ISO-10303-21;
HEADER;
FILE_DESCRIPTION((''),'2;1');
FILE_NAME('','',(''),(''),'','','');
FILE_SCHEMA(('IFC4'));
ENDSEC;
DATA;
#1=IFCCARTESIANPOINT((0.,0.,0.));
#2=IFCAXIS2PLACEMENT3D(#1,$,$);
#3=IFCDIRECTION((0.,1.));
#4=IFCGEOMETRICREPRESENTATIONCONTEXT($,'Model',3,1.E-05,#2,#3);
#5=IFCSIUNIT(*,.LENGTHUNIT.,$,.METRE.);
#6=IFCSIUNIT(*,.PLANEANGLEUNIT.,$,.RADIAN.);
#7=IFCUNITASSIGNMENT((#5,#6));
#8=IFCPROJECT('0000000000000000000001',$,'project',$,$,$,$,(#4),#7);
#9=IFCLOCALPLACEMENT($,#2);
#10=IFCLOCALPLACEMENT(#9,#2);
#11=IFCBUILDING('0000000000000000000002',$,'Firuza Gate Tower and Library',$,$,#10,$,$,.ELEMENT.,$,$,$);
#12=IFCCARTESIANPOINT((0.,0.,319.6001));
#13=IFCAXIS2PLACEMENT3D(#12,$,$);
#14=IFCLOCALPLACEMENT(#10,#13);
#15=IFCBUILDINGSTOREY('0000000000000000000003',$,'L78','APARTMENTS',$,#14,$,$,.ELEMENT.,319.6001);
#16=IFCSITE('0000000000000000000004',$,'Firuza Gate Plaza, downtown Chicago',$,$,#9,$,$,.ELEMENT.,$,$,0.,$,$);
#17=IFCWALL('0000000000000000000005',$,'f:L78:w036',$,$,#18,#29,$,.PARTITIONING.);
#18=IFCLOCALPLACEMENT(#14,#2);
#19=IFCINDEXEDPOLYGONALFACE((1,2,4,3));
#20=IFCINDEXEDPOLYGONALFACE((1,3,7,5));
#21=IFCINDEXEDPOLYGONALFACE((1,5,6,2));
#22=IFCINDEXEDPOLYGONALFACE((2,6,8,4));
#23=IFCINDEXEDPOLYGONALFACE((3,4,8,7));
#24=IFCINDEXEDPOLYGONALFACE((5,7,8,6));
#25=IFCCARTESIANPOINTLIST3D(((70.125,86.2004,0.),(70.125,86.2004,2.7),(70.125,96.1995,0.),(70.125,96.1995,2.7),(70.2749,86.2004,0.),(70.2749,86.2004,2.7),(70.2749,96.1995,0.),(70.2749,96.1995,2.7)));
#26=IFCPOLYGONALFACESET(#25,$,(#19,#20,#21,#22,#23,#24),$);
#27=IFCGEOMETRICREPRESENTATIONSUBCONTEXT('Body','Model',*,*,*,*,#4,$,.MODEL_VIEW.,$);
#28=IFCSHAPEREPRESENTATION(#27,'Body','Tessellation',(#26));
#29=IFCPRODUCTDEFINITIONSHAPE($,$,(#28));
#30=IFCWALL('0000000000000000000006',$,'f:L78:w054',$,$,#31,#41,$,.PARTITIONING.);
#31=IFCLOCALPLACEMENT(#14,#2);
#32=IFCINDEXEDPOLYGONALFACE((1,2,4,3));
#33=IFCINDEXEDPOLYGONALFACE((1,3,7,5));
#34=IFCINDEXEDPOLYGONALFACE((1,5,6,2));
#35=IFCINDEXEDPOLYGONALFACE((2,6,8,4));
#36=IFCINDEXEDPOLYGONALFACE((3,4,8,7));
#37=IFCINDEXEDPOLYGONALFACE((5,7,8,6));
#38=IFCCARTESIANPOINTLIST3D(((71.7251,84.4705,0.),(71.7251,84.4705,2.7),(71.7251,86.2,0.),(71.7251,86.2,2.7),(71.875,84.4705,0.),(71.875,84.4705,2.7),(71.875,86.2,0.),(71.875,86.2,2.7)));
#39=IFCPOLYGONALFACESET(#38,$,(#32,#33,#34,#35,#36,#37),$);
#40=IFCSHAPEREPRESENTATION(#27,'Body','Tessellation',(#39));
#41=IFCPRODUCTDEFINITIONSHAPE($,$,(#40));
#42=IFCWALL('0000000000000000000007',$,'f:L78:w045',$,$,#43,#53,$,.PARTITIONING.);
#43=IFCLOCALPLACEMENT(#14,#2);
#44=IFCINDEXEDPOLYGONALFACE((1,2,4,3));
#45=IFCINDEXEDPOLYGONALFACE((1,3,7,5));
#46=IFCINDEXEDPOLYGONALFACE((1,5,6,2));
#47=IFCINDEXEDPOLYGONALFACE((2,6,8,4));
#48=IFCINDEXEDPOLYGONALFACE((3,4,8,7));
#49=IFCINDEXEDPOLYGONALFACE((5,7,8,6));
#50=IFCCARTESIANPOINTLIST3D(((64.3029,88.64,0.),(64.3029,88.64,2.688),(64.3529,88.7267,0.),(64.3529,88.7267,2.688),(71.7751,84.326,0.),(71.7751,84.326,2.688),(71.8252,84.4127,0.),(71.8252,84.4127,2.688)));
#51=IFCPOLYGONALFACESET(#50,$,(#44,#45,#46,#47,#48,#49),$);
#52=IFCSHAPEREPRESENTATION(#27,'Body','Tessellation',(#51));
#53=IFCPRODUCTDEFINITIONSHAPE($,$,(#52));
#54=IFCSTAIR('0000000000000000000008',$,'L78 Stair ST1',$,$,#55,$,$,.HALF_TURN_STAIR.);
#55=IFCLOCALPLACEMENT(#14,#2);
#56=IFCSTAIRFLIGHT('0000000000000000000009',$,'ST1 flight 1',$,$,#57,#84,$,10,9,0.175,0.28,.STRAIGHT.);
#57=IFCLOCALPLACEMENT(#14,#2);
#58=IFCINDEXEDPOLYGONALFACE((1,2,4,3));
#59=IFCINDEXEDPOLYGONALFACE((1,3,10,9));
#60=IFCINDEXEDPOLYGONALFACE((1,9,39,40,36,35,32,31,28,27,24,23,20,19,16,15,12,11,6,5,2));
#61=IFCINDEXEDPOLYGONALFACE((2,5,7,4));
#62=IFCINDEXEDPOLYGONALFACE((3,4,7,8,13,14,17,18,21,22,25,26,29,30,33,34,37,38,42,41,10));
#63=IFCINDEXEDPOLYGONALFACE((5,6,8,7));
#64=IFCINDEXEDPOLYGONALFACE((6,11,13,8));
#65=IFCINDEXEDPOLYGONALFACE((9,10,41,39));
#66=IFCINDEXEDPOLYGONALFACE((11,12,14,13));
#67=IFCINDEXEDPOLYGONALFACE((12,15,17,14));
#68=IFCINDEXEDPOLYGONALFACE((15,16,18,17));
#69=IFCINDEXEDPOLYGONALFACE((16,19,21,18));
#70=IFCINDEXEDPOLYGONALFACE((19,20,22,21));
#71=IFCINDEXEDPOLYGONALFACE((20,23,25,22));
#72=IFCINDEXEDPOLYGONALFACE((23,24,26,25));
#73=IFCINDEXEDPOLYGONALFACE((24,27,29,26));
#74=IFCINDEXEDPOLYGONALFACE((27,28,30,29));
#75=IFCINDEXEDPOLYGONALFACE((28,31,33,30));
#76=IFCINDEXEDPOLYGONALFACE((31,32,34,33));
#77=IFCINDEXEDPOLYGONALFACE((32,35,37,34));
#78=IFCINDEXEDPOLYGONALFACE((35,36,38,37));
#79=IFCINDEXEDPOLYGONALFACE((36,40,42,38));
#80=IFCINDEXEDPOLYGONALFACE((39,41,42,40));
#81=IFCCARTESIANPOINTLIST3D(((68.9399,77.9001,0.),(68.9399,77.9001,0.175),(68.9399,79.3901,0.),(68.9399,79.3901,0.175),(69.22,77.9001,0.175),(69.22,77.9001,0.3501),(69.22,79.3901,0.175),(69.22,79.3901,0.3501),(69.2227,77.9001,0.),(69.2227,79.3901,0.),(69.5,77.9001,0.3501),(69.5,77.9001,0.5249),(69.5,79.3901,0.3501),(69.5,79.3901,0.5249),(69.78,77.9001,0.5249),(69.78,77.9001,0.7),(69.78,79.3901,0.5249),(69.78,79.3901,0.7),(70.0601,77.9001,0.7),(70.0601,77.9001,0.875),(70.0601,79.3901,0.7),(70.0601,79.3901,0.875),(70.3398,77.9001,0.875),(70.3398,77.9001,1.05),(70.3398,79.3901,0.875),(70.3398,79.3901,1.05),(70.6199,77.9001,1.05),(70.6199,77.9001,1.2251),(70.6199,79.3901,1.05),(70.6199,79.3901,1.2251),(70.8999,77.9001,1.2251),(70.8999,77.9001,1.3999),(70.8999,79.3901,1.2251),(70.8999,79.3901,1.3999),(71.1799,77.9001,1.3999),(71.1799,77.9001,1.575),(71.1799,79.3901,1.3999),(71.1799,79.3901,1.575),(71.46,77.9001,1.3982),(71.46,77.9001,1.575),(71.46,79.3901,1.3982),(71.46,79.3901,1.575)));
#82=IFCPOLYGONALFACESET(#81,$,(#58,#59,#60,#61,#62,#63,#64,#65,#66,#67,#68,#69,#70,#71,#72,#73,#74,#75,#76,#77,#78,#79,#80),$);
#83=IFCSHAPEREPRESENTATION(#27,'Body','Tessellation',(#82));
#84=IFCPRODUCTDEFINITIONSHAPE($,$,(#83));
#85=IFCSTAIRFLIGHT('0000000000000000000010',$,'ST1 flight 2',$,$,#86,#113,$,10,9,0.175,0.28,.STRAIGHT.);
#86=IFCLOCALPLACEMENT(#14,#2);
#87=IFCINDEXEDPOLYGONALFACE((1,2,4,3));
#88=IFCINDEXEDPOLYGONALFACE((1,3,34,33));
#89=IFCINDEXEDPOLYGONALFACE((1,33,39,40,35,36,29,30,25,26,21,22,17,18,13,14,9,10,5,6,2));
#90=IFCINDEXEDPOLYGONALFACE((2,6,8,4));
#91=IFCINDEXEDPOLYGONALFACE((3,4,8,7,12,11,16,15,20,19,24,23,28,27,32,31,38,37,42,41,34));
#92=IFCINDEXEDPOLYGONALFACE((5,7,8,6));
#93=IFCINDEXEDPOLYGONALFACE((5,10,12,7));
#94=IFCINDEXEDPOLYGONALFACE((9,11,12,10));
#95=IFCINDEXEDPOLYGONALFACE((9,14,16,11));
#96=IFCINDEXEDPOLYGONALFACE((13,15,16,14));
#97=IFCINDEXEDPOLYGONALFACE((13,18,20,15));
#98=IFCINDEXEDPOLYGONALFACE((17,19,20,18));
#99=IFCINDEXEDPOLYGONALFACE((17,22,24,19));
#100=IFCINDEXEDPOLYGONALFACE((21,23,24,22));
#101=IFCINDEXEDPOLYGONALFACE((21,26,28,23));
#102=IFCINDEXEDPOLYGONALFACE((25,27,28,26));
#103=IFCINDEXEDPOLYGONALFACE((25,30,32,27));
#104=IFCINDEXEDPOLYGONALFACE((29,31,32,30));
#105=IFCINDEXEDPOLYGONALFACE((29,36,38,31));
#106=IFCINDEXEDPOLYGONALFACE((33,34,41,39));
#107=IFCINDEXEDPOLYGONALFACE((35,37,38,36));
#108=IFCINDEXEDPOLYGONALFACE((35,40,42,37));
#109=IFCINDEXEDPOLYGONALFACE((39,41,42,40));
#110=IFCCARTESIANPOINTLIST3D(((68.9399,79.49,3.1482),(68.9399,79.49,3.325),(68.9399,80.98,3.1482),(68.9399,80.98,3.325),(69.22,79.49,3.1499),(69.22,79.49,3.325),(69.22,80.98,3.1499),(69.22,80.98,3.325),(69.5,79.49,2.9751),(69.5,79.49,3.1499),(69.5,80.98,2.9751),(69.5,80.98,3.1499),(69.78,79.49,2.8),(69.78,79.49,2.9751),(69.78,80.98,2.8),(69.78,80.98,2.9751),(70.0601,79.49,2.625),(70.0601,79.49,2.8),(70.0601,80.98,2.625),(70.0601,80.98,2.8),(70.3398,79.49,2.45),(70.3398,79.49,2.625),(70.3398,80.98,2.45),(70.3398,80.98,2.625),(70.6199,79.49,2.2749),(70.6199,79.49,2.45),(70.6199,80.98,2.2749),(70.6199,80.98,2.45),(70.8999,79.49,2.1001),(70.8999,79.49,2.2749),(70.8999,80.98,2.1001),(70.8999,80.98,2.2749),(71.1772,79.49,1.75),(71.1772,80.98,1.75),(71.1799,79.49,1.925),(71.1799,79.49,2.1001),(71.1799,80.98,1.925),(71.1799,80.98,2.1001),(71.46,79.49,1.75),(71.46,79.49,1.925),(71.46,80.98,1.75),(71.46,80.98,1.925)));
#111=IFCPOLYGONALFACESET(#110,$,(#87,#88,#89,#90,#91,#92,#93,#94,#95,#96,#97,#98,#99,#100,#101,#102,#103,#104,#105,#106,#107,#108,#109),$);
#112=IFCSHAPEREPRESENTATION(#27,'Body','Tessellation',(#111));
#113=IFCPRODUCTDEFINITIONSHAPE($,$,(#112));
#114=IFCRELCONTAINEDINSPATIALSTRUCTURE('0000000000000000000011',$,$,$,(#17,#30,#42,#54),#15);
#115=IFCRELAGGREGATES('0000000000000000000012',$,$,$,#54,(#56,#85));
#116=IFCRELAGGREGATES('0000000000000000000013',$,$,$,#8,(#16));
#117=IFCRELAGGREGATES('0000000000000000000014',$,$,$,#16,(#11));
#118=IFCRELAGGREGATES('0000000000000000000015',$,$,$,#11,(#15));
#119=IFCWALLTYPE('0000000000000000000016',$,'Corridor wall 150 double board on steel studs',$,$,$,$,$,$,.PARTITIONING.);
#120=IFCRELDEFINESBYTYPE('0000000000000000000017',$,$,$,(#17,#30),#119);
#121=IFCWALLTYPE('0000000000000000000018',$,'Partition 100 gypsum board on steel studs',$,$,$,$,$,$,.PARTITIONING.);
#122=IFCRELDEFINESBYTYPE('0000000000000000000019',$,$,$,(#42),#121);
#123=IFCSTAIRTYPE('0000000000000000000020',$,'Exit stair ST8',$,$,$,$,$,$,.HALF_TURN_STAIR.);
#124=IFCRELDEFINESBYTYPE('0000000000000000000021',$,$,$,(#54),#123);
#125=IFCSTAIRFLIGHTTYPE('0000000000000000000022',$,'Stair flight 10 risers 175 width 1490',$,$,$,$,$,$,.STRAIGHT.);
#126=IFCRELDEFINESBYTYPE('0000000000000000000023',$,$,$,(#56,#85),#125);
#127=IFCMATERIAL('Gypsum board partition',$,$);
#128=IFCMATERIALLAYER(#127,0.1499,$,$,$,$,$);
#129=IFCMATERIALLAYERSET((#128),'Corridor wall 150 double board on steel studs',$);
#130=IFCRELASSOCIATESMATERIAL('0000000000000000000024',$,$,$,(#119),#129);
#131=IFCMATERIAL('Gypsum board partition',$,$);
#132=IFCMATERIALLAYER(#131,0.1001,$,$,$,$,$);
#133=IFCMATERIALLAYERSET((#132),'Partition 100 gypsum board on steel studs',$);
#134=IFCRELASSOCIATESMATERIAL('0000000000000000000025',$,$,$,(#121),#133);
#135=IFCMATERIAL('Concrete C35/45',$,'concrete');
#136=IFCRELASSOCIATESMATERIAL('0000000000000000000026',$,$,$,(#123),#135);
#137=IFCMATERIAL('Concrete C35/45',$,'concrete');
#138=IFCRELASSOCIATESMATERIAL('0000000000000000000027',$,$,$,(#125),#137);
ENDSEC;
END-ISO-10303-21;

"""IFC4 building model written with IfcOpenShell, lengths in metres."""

from ifc_helpers import new_model, si_unit, direction, frame, frame_2d, origin, place, context, subcontext, project, spatial, polyline, rectangle, outline, extrude, material, layer, layer_set, type_object, element, aggregate, save


model = new_model("IFC4")

# Units and contexts
model_context = context("Model", 3, precision=1e-05, world=origin(), true_north=direction((0.0, 1.0)))
body_context = subcontext(model_context, "Body", "Model", "MODEL_VIEW")
ifc_project = project(units=[si_unit("LENGTHUNIT", "METRE"), si_unit("PLANEANGLEUNIT", "RADIAN")], contexts=[model_context])

# Site, building, storey
site_placement = place(None, origin())
site = spatial("IfcSite", under=ifc_project, at=site_placement, Name="Firuza Gate Plaza, downtown Chicago", CompositionType="ELEMENT", RefElevation=0.0)
building_placement = place(site_placement, origin())
building = spatial("IfcBuilding", under=site, at=building_placement, Name="Firuza Gate Tower and Library", CompositionType="ELEMENT")
storey_placement = place(building_placement, frame((0.0, 0.0, 319.6001)))
storey = spatial("IfcBuildingStorey", under=building, at=storey_placement, Name="L78", Description="APARTMENTS", CompositionType="ELEMENT", Elevation=319.6001)

# Shared definitions
ifc_material_1 = material(Name="Gypsum board partition")
ifc_layer_1 = layer(ifc_material_1, 0.1499)
ifc_layer_set_1 = layer_set([ifc_layer_1], Name="Corridor wall 150 double board on steel studs")
wall_type_1 = type_object("IfcWallType", Name="Corridor wall 150 double board on steel studs", PredefinedType="PARTITIONING", material=ifc_layer_set_1)

# Walls
wall_1_placement = place(storey_placement, frame((70.2, 86.2004, 0.0), z_axis=(0.0, 0.0, 1.0), x_axis=(0.0, 1.0, 0.0)))
element("IfcWall", 1, at=wall_1_placement, inside=storey, type_object=wall_type_1, Name="f:L78:w036", PredefinedType="PARTITIONING", context=body_context, shape_type="SweptSolid", body=[
    extrude(rectangle(XDim=9.999, YDim=0.1499, at=frame_2d((4.9995, 0.0))), origin(), (0.0, 0.0, 1.0), 2.7),
])
wall_2_placement = place(storey_placement, frame((71.8, 84.4705, 0.0), z_axis=(0.0, 0.0, 1.0), x_axis=(0.0, 1.0, 0.0)))
element("IfcWall", 2, at=wall_2_placement, inside=storey, type_object=wall_type_1, Name="f:L78:w054", PredefinedType="PARTITIONING", context=body_context, shape_type="SweptSolid", body=[
    extrude(rectangle(XDim=1.7295, YDim=0.1499, at=frame_2d((0.8647, 0.0))), origin(), (0.0, 0.0, 1.0), 2.7),
])
ifc_material_2 = material(Name="Gypsum board partition")
ifc_layer_2 = layer(ifc_material_2, 0.1001)
ifc_layer_set_2 = layer_set([ifc_layer_2], Name="Partition 100 gypsum board on steel studs")
wall_type_2 = type_object("IfcWallType", Name="Partition 100 gypsum board on steel studs", PredefinedType="PARTITIONING", material=ifc_layer_set_2)
wall_3_placement = place(storey_placement, frame((71.8, 84.3694, 0.0), z_axis=(0.0, 0.0, 1.0), x_axis=(-0.86603, 0.499992, 0.0)))
element("IfcWall", 3, at=wall_3_placement, inside=storey, type_object=wall_type_2, Name="f:L78:w045", PredefinedType="PARTITIONING", context=body_context, shape_type="SweptSolid", body=[
    extrude(rectangle(XDim=8.6282, YDim=0.1001, at=frame_2d((4.314, 0.0))), origin(), (0.0, 0.0, 1.0), 2.688),
])

# Stair, stair flights
ifc_material_3 = material(Name="Concrete C35/45", Category="concrete")
stair_type = type_object("IfcStairType", Name="Exit stair ST8", PredefinedType="HALF_TURN_STAIR", material=ifc_material_3)
stair_placement = place(storey_placement, origin())
stair = element("IfcStair", 4, at=stair_placement, inside=storey, type_object=stair_type, Name="L78 Stair ST1", PredefinedType="HALF_TURN_STAIR")
ifc_material_4 = material(Name="Concrete C35/45", Category="concrete")
stair_flight_type = type_object("IfcStairFlightType", Name="Stair flight 10 risers 175 width 1490", PredefinedType="STRAIGHT", material=ifc_material_4)
stair_flight_1_placement = place(storey_placement, frame((68.9399, 78.645, 0.0), z_axis=(0.0, 0.0, 1.0), x_axis=(1.0, 0.0, 0.0)))
stair_flight_1 = element("IfcStairFlight", 5, at=stair_flight_1_placement, type_object=stair_flight_type, Name="ST1 flight 1", NumberOfRisers=10, NumberOfTreads=9, PredefinedType="STRAIGHT", RiserHeight=0.175, TreadLength=0.28, context=body_context, shape_type="SweptSolid", body=[
    extrude(outline(polyline([(0.0, 0.0), (0.0, 0.175), (0.28, 0.175), (0.28, 0.3501), (0.5601, 0.3501), (0.5601, 0.5249), (0.8401, 0.5249), (0.8401, 0.7), (1.1201, 0.7), (1.1201, 0.875), (1.3999, 0.875), (1.3999, 1.05), (1.6799, 1.05), (1.6799, 1.2251), (1.96, 1.2251), (1.96, 1.3999), (2.24, 1.3999), (2.24, 1.575), (2.52, 1.575), (2.52, 1.75), (2.52, 1.3982), (0.2827, 0.0), (0.0, 0.0)])), frame((0.0, 0.7451, 0.0), z_axis=(0.0, -1.0, 0.0), x_axis=(1.0, 0.0, 0.0)), (0.0, 0.0, 1.0), 1.49),
])
stair_flight_2_placement = place(storey_placement, frame((71.46, 80.2351, 1.75), z_axis=(0.0, 0.0, 1.0), x_axis=(-1.0, 0.0, 0.0)))
stair_flight_2 = element("IfcStairFlight", 6, at=stair_flight_2_placement, type_object=stair_flight_type, Name="ST1 flight 2", NumberOfRisers=10, NumberOfTreads=9, PredefinedType="STRAIGHT", RiserHeight=0.175, TreadLength=0.28, context=body_context, shape_type="SweptSolid", body=[
    extrude(outline(polyline([(0.0, 0.0), (0.0, 0.175), (0.28, 0.175), (0.28, 0.3501), (0.5601, 0.3501), (0.5601, 0.5249), (0.8401, 0.5249), (0.8401, 0.7), (1.1201, 0.7), (1.1201, 0.875), (1.3999, 0.875), (1.3999, 1.05), (1.6799, 1.05), (1.6799, 1.2251), (1.96, 1.2251), (1.96, 1.3999), (2.24, 1.3999), (2.24, 1.575), (2.52, 1.575), (2.52, 1.75), (2.52, 1.3982), (0.2827, 0.0), (0.0, 0.0)])), frame((0.0, 0.7451, 0.0), z_axis=(0.0, -1.0, 0.0), x_axis=(1.0, 0.0, 0.0)), (0.0, 0.0, 1.0), 1.49),
])
aggregate(stair, [stair_flight_1, stair_flight_2])

save(model, "model.ifc")
